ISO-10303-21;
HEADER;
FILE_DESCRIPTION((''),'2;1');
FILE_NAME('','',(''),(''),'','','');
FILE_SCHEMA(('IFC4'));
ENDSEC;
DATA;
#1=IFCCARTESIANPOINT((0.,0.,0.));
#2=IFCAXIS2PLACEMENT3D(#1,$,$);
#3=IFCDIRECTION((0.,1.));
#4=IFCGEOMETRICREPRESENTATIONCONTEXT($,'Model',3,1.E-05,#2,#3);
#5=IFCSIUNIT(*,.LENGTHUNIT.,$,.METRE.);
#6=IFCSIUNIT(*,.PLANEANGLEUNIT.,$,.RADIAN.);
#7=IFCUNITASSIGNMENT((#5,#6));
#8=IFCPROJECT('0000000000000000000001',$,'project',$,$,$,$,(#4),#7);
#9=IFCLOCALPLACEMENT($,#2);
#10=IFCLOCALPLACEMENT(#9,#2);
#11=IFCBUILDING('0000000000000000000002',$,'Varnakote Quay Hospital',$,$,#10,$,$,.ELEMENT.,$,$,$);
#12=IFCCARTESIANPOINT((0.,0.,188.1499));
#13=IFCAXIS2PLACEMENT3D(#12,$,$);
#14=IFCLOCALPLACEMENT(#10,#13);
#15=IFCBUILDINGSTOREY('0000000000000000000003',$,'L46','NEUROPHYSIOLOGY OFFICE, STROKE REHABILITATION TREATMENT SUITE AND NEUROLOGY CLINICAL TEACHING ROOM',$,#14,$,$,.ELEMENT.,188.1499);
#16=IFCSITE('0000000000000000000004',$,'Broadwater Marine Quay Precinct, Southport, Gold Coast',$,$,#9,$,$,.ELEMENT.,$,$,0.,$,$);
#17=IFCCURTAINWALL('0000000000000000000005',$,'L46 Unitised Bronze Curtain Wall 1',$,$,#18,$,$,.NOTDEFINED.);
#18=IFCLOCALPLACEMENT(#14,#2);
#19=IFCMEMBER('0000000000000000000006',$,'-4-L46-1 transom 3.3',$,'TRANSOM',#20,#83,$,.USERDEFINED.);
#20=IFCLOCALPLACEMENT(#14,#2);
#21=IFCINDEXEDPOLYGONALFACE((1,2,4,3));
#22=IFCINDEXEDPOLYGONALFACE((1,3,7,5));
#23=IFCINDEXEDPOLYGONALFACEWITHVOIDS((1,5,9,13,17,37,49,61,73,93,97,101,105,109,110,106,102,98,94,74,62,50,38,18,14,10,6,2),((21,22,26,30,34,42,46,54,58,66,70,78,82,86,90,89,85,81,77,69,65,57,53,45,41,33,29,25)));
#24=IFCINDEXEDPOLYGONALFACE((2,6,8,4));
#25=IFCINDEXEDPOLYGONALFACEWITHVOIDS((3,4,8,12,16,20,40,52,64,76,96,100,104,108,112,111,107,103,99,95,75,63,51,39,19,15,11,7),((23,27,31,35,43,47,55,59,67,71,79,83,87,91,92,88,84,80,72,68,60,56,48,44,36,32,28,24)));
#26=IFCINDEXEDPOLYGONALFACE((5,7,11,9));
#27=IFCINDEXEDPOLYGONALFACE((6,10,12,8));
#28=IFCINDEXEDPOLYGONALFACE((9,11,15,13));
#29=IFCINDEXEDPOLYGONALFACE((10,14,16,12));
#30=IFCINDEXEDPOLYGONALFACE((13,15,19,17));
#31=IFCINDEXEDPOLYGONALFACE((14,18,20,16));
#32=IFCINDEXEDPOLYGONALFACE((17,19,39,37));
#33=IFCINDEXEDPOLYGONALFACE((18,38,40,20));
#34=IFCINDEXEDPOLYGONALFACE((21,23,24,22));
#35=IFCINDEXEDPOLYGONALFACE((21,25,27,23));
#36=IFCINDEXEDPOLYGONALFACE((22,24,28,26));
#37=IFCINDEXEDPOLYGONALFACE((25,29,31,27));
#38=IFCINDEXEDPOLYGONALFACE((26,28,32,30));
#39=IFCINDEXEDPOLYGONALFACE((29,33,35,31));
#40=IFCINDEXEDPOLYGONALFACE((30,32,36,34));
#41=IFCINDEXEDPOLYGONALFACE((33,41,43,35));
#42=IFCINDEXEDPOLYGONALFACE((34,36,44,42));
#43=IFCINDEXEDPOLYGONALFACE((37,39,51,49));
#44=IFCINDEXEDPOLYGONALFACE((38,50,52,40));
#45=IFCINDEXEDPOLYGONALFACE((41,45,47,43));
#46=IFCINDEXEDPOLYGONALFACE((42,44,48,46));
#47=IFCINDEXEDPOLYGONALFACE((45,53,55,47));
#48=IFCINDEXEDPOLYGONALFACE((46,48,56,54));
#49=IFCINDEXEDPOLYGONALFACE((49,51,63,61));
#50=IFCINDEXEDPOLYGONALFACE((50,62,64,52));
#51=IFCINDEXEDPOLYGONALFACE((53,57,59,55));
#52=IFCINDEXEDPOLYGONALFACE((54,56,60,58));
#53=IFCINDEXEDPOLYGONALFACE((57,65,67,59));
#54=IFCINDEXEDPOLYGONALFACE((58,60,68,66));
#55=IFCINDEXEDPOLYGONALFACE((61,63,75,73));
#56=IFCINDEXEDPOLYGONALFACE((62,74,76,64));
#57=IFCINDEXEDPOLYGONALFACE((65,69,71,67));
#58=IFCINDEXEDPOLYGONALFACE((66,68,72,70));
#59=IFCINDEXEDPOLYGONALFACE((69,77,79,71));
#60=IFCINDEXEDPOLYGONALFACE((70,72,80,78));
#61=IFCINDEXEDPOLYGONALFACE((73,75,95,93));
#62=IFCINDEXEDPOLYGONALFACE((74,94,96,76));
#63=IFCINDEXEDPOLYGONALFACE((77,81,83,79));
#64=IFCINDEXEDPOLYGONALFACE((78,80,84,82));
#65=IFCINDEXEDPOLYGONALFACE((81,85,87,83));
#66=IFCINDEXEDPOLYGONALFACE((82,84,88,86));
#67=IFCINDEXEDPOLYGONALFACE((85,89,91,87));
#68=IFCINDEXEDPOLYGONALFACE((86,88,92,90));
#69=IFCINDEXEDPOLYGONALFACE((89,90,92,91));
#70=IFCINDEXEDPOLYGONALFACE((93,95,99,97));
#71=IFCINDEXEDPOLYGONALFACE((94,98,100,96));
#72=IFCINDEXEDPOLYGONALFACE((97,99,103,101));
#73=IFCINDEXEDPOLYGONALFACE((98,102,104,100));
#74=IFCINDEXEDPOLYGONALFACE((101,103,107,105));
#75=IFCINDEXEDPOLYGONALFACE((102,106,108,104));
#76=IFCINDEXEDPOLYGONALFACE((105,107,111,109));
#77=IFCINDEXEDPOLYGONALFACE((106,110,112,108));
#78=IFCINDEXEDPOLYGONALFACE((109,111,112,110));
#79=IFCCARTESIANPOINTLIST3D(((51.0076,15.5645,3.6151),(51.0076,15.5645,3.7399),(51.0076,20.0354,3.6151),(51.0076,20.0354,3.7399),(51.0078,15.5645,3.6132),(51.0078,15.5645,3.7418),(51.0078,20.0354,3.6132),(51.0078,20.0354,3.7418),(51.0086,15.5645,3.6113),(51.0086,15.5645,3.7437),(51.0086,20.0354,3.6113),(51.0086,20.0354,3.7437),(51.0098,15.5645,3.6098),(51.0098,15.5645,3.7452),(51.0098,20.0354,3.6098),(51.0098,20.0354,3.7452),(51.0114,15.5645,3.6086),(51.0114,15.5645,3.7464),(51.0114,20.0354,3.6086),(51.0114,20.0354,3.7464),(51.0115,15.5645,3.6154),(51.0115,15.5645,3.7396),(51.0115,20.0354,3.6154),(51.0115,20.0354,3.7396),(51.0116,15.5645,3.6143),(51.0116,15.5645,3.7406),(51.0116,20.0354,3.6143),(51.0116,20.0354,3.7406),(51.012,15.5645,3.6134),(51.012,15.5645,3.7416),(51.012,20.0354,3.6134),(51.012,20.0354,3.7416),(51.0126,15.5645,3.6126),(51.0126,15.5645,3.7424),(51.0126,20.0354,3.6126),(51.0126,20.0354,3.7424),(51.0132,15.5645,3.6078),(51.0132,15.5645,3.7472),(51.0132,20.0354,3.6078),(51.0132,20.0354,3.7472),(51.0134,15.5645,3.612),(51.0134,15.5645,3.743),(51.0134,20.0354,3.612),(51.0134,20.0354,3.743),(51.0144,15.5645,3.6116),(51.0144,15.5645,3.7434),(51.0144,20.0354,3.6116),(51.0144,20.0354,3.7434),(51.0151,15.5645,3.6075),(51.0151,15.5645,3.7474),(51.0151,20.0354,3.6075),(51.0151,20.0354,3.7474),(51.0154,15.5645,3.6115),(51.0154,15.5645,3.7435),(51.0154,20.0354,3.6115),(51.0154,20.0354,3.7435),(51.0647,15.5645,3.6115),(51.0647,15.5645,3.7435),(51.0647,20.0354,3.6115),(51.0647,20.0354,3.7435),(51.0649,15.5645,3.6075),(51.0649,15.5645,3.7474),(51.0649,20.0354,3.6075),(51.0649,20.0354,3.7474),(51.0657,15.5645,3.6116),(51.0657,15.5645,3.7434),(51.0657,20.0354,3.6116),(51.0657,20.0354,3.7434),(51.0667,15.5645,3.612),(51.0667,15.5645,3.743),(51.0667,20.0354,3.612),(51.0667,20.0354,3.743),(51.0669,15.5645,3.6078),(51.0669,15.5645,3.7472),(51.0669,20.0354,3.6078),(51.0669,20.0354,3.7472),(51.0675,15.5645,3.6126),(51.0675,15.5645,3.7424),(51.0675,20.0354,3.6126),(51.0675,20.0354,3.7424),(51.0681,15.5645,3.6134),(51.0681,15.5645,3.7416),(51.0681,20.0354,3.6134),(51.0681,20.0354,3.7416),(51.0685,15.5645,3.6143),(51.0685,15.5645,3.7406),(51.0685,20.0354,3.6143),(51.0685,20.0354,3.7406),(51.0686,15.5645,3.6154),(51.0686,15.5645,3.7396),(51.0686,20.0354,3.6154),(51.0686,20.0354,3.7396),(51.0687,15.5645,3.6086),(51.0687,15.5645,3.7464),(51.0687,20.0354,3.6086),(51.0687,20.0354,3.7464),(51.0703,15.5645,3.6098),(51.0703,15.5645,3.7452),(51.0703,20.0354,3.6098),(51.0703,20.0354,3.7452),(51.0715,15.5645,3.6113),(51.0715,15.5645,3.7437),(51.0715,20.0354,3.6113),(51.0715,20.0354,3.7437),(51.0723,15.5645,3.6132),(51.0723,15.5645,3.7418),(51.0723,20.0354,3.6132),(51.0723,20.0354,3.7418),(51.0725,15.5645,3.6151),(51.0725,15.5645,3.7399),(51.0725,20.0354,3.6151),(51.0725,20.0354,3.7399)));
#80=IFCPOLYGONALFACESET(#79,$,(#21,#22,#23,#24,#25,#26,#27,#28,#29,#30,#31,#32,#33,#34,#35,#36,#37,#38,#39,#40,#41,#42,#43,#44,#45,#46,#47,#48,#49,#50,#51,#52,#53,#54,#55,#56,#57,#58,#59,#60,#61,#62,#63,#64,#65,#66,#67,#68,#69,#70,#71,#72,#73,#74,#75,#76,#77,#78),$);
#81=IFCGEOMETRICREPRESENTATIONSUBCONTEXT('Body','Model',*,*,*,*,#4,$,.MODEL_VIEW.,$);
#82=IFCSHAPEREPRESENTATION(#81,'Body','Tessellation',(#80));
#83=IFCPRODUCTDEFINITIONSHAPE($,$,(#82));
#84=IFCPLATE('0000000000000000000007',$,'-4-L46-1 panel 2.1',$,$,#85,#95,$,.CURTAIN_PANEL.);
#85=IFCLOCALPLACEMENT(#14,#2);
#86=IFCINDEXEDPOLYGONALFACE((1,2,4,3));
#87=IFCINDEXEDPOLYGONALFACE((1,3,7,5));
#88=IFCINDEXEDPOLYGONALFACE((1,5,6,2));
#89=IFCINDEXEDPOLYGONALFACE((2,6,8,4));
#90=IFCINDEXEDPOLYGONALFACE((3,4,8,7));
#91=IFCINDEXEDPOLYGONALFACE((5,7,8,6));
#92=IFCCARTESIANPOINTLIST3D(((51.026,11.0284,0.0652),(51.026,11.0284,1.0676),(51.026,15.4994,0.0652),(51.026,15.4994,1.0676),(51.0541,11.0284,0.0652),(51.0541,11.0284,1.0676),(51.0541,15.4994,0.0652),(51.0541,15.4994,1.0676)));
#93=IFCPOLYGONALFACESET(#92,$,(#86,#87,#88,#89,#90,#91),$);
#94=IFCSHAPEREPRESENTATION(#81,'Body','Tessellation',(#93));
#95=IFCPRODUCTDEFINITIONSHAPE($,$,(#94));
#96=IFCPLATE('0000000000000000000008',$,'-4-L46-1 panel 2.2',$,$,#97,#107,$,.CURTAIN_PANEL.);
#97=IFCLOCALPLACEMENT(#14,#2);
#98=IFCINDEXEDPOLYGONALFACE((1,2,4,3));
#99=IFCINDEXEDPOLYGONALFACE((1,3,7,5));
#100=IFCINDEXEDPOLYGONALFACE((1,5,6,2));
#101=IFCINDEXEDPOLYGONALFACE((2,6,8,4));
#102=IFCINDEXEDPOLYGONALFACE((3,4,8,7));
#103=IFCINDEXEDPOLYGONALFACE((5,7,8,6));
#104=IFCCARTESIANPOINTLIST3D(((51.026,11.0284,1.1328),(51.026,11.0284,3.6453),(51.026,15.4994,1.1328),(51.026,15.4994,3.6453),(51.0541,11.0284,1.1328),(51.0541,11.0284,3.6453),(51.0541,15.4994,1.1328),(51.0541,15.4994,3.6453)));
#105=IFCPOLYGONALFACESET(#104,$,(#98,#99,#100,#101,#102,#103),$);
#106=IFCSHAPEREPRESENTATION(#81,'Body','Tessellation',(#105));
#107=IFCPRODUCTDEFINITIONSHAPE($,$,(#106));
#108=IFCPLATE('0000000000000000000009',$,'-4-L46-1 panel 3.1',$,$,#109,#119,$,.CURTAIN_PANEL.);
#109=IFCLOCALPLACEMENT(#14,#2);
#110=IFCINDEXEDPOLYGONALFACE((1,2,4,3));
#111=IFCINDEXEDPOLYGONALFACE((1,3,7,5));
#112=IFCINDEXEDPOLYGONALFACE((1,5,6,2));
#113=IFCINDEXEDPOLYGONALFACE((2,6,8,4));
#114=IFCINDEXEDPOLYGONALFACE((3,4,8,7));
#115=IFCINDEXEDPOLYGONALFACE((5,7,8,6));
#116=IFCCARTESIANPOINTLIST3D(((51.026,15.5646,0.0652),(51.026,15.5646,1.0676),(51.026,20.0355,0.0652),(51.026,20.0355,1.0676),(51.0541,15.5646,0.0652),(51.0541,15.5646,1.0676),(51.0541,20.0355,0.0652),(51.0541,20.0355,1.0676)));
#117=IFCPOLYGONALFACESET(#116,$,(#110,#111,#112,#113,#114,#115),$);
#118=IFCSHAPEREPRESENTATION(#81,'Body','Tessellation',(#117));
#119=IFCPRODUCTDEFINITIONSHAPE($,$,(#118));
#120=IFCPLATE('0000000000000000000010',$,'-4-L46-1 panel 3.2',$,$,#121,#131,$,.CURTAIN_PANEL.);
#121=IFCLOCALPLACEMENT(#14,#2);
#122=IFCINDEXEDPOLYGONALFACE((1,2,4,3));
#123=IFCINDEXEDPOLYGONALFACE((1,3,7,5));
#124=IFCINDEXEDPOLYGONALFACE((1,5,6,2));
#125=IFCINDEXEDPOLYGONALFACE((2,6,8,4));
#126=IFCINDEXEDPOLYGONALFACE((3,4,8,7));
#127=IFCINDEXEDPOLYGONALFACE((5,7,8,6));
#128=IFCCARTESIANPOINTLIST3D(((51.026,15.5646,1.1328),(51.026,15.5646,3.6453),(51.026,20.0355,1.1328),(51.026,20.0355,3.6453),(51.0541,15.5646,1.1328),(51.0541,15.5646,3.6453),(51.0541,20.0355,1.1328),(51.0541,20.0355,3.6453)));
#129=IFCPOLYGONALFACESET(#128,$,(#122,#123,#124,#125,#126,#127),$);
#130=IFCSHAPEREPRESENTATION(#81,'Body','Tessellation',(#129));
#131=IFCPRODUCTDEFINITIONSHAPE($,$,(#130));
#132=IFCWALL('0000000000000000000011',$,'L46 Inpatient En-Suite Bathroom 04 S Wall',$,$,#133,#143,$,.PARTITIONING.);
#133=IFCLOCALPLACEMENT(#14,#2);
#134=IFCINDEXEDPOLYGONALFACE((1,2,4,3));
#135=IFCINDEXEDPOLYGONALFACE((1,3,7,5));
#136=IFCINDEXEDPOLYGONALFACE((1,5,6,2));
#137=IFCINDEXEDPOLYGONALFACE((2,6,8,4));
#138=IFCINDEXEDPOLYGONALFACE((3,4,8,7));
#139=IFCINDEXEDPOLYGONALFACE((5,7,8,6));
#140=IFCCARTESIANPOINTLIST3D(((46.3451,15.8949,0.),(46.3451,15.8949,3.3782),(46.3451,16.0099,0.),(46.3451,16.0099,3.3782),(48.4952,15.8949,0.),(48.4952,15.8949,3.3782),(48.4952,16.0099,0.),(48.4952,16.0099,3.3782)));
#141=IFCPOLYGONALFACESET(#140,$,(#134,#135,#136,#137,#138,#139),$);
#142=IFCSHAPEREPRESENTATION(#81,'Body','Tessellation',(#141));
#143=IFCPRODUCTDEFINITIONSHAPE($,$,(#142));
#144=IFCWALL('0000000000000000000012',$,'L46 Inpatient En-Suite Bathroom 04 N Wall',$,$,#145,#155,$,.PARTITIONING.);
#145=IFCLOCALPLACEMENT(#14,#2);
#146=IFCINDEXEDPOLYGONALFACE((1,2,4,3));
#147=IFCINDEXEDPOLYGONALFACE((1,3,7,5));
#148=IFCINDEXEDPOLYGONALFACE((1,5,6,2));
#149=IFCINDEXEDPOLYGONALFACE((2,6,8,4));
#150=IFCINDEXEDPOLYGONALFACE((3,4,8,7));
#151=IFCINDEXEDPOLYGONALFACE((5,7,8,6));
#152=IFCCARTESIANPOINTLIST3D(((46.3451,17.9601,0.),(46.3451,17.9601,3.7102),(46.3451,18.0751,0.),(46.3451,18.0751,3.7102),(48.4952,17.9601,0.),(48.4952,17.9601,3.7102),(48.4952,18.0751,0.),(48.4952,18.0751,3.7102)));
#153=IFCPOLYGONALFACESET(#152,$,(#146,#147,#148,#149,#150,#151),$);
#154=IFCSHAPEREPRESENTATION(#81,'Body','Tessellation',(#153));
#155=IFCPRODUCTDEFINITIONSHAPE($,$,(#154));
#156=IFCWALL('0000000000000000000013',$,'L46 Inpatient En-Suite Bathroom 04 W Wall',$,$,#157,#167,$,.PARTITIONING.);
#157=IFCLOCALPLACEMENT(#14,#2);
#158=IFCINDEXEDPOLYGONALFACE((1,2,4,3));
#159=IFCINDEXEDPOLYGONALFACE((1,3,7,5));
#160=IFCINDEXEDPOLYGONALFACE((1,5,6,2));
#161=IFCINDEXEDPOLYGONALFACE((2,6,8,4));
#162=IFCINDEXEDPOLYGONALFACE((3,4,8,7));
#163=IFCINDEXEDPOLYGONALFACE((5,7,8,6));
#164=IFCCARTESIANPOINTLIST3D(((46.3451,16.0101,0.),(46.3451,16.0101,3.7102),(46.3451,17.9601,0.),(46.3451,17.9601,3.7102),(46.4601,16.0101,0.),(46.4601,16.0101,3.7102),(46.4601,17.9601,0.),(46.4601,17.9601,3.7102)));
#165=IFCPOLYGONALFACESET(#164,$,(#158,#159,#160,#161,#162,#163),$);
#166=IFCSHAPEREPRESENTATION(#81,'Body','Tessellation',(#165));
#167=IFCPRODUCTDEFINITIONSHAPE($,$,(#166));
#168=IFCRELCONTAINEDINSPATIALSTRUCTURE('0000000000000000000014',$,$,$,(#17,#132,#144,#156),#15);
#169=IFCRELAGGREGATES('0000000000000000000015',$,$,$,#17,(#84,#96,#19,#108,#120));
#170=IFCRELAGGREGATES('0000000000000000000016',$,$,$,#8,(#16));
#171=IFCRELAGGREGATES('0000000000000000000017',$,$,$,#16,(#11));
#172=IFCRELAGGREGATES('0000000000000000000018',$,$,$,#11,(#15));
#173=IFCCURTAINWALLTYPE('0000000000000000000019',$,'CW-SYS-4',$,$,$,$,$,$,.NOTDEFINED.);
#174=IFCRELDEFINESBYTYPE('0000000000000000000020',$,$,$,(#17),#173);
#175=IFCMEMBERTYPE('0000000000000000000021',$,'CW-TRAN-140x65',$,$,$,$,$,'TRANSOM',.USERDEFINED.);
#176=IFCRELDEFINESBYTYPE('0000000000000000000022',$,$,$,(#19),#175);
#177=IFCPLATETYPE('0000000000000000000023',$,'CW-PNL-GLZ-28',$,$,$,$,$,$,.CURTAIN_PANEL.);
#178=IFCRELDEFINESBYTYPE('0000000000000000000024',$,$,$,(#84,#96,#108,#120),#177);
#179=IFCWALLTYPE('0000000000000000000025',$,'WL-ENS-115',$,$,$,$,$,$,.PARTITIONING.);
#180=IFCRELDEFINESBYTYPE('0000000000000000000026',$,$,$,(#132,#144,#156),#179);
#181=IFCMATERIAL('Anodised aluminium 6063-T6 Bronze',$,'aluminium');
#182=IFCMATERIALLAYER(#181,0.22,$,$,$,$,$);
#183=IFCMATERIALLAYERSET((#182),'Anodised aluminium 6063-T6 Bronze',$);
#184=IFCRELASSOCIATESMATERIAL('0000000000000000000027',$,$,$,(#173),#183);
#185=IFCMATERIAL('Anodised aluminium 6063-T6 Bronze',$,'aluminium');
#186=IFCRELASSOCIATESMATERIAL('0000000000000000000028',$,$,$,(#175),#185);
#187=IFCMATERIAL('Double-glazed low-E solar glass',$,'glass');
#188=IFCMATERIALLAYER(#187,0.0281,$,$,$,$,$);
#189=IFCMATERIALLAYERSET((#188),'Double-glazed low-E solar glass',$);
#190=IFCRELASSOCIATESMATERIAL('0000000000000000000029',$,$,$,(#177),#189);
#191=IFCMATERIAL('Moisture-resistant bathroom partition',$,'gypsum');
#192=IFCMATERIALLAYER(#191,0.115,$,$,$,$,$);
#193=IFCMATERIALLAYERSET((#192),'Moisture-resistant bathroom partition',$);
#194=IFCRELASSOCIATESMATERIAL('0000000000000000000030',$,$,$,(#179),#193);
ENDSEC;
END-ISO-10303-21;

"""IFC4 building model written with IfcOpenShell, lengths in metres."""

from ifc_helpers import new_model, si_unit, direction, frame, frame_2d, origin, origin_2d, place, context, subcontext, project, spatial, rectangle, hollow_rectangle, extrude, material, layer, layer_set, material_profile, profile_set, type_object, element, aggregate, save


model = new_model("IFC4")

# Units and contexts
model_context = context("Model", 3, precision=1e-05, world=origin(), true_north=direction((0.0, 1.0)))
body_context = subcontext(model_context, "Body", "Model", "MODEL_VIEW")
ifc_project = project(units=[si_unit("LENGTHUNIT", "METRE"), si_unit("PLANEANGLEUNIT", "RADIAN")], contexts=[model_context])

# Site, building, storey
site_placement = place(None, origin())
site = spatial("IfcSite", under=ifc_project, at=site_placement, Name="Broadwater Marine Quay Precinct, Southport, Gold Coast", CompositionType="ELEMENT", RefElevation=0.0)
building_placement = place(site_placement, origin())
building = spatial("IfcBuilding", under=site, at=building_placement, Name="Varnakote Quay Hospital", CompositionType="ELEMENT")
storey_placement = place(building_placement, frame((0.0, 0.0, 188.1499)))
storey = spatial("IfcBuildingStorey", under=building, at=storey_placement, Name="L46", Description="NEUROPHYSIOLOGY OFFICE, STROKE REHABILITATION TREATMENT SUITE AND NEUROLOGY CLINICAL TEACHING ROOM", CompositionType="ELEMENT", Elevation=188.1499)

# Curtain wall, member, plates
ifc_material_1 = material(Name="Anodised aluminium 6063-T6 Bronze", Category="aluminium")
ifc_layer_1 = layer(ifc_material_1, 0.22)
ifc_layer_set_1 = layer_set([ifc_layer_1], Name="Anodised aluminium 6063-T6 Bronze")
curtain_wall_type = type_object("IfcCurtainWallType", Name="CW-SYS-4", PredefinedType="NOTDEFINED", material=ifc_layer_set_1)
curtain_wall_placement = place(storey_placement, origin())
curtain_wall = element("IfcCurtainWall", 1, at=curtain_wall_placement, inside=storey, type_object=curtain_wall_type, Name="L46 Unitised Bronze Curtain Wall 1", PredefinedType="NOTDEFINED")
ifc_material_2 = material(Name="Anodised aluminium 6063-T6 Bronze", Category="aluminium")
ifc_material_profile_1 = material_profile(ifc_material_2, hollow_rectangle(XDim=0.0649, YDim=0.1399, WallThickness=0.0039, InnerFilletRadius=0.0039, OuterFilletRadius=0.0076, at=origin_2d()), Name="CW-TRAN-140x65")
ifc_profile_set_1 = profile_set([ifc_material_profile_1], Name="Anodised aluminium 6063-T6 Bronze")
member_type_1 = type_object("IfcMemberType", Name="CW-TRAN-140x65", ElementType="TRANSOM", PredefinedType="USERDEFINED", material=ifc_profile_set_1)
member_1_placement = place(storey_placement, frame((51.04, 15.5645, 3.6775), z_axis=(0.0, 1.0, 0.0), x_axis=(-1.0, 0.0, 0.0)))
member_1 = element("IfcMember", 2, at=member_1_placement, type_object=member_type_1, Name="-4-L46-1 transom 3.3", ObjectType="TRANSOM", PredefinedType="USERDEFINED", context=body_context, shape_type="SweptSolid", body=[
    extrude(hollow_rectangle(XDim=0.0649, YDim=0.1399, WallThickness=0.0039, InnerFilletRadius=0.0039, OuterFilletRadius=0.0076, at=origin_2d()), origin(), (0.0, 0.0, 1.0), 4.4709),
])
ifc_material_3 = material(Name="Double-glazed low-E solar glass", Category="glass")
ifc_layer_2 = layer(ifc_material_3, 0.0281)
ifc_layer_set_2 = layer_set([ifc_layer_2], Name="Double-glazed low-E solar glass")
plate_type = type_object("IfcPlateType", Name="CW-PNL-GLZ-28", PredefinedType="CURTAIN_PANEL", material=ifc_layer_set_2)
plate_1_placement = place(storey_placement, frame((51.04, 13.2639, 0.0652), z_axis=(0.0, 0.0, 1.0), x_axis=(0.0, 1.0, 0.0)))
plate_1 = element("IfcPlate", 3, at=plate_1_placement, type_object=plate_type, Name="-4-L46-1 panel 2.1", PredefinedType="CURTAIN_PANEL", context=body_context, shape_type="SweptSolid", body=[
    extrude(rectangle(XDim=4.4709, YDim=0.0281, at=origin_2d()), origin(), (0.0, 0.0, 1.0), 1.0024),
])
plate_2_placement = place(storey_placement, frame((51.04, 13.2639, 1.1328), z_axis=(0.0, 0.0, 1.0), x_axis=(0.0, 1.0, 0.0)))
plate_2 = element("IfcPlate", 4, at=plate_2_placement, type_object=plate_type, Name="-4-L46-1 panel 2.2", PredefinedType="CURTAIN_PANEL", context=body_context, shape_type="SweptSolid", body=[
    extrude(rectangle(XDim=4.4709, YDim=0.0281, at=origin_2d()), origin(), (0.0, 0.0, 1.0), 2.5125),
])
plate_3_placement = place(storey_placement, frame((51.04, 17.8, 0.0652), z_axis=(0.0, 0.0, 1.0), x_axis=(0.0, 1.0, 0.0)))
plate_3 = element("IfcPlate", 5, at=plate_3_placement, type_object=plate_type, Name="-4-L46-1 panel 3.1", PredefinedType="CURTAIN_PANEL", context=body_context, shape_type="SweptSolid", body=[
    extrude(rectangle(XDim=4.4709, YDim=0.0281, at=origin_2d()), origin(), (0.0, 0.0, 1.0), 1.0024),
])
plate_4_placement = place(storey_placement, frame((51.04, 17.8, 1.1328), z_axis=(0.0, 0.0, 1.0), x_axis=(0.0, 1.0, 0.0)))
plate_4 = element("IfcPlate", 6, at=plate_4_placement, type_object=plate_type, Name="-4-L46-1 panel 3.2", PredefinedType="CURTAIN_PANEL", context=body_context, shape_type="SweptSolid", body=[
    extrude(rectangle(XDim=4.4709, YDim=0.0281, at=origin_2d()), origin(), (0.0, 0.0, 1.0), 2.5125),
])
aggregate(curtain_wall, [plate_1, plate_2, member_1, plate_3, plate_4])

# Walls
ifc_material_4 = material(Name="Moisture-resistant bathroom partition", Category="gypsum")
ifc_layer_3 = layer(ifc_material_4, 0.115)
ifc_layer_set_3 = layer_set([ifc_layer_3], Name="Moisture-resistant bathroom partition")
wall_type_1 = type_object("IfcWallType", Name="WL-ENS-115", PredefinedType="PARTITIONING", material=ifc_layer_set_3)
wall_1_placement = place(storey_placement, frame((46.345, 15.9524, 0.0), z_axis=(0.0, 0.0, 1.0), x_axis=(1.0, 0.0, 0.0)))
element("IfcWall", 7, at=wall_1_placement, inside=storey, type_object=wall_type_1, Name="L46 Inpatient En-Suite Bathroom 04 S Wall", PredefinedType="PARTITIONING", context=body_context, shape_type="SweptSolid", body=[
    extrude(rectangle(XDim=2.1501, YDim=0.115, at=frame_2d((1.0752, 0.0))), origin(), (0.0, 0.0, 1.0), 3.3782),
])
wall_2_placement = place(storey_placement, frame((46.345, 18.0176, 0.0), z_axis=(0.0, 0.0, 1.0), x_axis=(1.0, 0.0, 0.0)))
element("IfcWall", 8, at=wall_2_placement, inside=storey, type_object=wall_type_1, Name="L46 Inpatient En-Suite Bathroom 04 N Wall", PredefinedType="PARTITIONING", context=body_context, shape_type="SweptSolid", body=[
    extrude(rectangle(XDim=2.1501, YDim=0.115, at=frame_2d((1.0752, 0.0))), origin(), (0.0, 0.0, 1.0), 3.7102),
])
wall_3_placement = place(storey_placement, frame((46.4026, 16.01, 0.0), z_axis=(0.0, 0.0, 1.0), x_axis=(0.0, 1.0, 0.0)))
element("IfcWall", 9, at=wall_3_placement, inside=storey, type_object=wall_type_1, Name="L46 Inpatient En-Suite Bathroom 04 W Wall", PredefinedType="PARTITIONING", context=body_context, shape_type="SweptSolid", body=[
    extrude(rectangle(XDim=1.95, YDim=0.115, at=frame_2d((0.9751, 0.0))), origin(), (0.0, 0.0, 1.0), 3.7102),
])

save(model, "model.ifc")
